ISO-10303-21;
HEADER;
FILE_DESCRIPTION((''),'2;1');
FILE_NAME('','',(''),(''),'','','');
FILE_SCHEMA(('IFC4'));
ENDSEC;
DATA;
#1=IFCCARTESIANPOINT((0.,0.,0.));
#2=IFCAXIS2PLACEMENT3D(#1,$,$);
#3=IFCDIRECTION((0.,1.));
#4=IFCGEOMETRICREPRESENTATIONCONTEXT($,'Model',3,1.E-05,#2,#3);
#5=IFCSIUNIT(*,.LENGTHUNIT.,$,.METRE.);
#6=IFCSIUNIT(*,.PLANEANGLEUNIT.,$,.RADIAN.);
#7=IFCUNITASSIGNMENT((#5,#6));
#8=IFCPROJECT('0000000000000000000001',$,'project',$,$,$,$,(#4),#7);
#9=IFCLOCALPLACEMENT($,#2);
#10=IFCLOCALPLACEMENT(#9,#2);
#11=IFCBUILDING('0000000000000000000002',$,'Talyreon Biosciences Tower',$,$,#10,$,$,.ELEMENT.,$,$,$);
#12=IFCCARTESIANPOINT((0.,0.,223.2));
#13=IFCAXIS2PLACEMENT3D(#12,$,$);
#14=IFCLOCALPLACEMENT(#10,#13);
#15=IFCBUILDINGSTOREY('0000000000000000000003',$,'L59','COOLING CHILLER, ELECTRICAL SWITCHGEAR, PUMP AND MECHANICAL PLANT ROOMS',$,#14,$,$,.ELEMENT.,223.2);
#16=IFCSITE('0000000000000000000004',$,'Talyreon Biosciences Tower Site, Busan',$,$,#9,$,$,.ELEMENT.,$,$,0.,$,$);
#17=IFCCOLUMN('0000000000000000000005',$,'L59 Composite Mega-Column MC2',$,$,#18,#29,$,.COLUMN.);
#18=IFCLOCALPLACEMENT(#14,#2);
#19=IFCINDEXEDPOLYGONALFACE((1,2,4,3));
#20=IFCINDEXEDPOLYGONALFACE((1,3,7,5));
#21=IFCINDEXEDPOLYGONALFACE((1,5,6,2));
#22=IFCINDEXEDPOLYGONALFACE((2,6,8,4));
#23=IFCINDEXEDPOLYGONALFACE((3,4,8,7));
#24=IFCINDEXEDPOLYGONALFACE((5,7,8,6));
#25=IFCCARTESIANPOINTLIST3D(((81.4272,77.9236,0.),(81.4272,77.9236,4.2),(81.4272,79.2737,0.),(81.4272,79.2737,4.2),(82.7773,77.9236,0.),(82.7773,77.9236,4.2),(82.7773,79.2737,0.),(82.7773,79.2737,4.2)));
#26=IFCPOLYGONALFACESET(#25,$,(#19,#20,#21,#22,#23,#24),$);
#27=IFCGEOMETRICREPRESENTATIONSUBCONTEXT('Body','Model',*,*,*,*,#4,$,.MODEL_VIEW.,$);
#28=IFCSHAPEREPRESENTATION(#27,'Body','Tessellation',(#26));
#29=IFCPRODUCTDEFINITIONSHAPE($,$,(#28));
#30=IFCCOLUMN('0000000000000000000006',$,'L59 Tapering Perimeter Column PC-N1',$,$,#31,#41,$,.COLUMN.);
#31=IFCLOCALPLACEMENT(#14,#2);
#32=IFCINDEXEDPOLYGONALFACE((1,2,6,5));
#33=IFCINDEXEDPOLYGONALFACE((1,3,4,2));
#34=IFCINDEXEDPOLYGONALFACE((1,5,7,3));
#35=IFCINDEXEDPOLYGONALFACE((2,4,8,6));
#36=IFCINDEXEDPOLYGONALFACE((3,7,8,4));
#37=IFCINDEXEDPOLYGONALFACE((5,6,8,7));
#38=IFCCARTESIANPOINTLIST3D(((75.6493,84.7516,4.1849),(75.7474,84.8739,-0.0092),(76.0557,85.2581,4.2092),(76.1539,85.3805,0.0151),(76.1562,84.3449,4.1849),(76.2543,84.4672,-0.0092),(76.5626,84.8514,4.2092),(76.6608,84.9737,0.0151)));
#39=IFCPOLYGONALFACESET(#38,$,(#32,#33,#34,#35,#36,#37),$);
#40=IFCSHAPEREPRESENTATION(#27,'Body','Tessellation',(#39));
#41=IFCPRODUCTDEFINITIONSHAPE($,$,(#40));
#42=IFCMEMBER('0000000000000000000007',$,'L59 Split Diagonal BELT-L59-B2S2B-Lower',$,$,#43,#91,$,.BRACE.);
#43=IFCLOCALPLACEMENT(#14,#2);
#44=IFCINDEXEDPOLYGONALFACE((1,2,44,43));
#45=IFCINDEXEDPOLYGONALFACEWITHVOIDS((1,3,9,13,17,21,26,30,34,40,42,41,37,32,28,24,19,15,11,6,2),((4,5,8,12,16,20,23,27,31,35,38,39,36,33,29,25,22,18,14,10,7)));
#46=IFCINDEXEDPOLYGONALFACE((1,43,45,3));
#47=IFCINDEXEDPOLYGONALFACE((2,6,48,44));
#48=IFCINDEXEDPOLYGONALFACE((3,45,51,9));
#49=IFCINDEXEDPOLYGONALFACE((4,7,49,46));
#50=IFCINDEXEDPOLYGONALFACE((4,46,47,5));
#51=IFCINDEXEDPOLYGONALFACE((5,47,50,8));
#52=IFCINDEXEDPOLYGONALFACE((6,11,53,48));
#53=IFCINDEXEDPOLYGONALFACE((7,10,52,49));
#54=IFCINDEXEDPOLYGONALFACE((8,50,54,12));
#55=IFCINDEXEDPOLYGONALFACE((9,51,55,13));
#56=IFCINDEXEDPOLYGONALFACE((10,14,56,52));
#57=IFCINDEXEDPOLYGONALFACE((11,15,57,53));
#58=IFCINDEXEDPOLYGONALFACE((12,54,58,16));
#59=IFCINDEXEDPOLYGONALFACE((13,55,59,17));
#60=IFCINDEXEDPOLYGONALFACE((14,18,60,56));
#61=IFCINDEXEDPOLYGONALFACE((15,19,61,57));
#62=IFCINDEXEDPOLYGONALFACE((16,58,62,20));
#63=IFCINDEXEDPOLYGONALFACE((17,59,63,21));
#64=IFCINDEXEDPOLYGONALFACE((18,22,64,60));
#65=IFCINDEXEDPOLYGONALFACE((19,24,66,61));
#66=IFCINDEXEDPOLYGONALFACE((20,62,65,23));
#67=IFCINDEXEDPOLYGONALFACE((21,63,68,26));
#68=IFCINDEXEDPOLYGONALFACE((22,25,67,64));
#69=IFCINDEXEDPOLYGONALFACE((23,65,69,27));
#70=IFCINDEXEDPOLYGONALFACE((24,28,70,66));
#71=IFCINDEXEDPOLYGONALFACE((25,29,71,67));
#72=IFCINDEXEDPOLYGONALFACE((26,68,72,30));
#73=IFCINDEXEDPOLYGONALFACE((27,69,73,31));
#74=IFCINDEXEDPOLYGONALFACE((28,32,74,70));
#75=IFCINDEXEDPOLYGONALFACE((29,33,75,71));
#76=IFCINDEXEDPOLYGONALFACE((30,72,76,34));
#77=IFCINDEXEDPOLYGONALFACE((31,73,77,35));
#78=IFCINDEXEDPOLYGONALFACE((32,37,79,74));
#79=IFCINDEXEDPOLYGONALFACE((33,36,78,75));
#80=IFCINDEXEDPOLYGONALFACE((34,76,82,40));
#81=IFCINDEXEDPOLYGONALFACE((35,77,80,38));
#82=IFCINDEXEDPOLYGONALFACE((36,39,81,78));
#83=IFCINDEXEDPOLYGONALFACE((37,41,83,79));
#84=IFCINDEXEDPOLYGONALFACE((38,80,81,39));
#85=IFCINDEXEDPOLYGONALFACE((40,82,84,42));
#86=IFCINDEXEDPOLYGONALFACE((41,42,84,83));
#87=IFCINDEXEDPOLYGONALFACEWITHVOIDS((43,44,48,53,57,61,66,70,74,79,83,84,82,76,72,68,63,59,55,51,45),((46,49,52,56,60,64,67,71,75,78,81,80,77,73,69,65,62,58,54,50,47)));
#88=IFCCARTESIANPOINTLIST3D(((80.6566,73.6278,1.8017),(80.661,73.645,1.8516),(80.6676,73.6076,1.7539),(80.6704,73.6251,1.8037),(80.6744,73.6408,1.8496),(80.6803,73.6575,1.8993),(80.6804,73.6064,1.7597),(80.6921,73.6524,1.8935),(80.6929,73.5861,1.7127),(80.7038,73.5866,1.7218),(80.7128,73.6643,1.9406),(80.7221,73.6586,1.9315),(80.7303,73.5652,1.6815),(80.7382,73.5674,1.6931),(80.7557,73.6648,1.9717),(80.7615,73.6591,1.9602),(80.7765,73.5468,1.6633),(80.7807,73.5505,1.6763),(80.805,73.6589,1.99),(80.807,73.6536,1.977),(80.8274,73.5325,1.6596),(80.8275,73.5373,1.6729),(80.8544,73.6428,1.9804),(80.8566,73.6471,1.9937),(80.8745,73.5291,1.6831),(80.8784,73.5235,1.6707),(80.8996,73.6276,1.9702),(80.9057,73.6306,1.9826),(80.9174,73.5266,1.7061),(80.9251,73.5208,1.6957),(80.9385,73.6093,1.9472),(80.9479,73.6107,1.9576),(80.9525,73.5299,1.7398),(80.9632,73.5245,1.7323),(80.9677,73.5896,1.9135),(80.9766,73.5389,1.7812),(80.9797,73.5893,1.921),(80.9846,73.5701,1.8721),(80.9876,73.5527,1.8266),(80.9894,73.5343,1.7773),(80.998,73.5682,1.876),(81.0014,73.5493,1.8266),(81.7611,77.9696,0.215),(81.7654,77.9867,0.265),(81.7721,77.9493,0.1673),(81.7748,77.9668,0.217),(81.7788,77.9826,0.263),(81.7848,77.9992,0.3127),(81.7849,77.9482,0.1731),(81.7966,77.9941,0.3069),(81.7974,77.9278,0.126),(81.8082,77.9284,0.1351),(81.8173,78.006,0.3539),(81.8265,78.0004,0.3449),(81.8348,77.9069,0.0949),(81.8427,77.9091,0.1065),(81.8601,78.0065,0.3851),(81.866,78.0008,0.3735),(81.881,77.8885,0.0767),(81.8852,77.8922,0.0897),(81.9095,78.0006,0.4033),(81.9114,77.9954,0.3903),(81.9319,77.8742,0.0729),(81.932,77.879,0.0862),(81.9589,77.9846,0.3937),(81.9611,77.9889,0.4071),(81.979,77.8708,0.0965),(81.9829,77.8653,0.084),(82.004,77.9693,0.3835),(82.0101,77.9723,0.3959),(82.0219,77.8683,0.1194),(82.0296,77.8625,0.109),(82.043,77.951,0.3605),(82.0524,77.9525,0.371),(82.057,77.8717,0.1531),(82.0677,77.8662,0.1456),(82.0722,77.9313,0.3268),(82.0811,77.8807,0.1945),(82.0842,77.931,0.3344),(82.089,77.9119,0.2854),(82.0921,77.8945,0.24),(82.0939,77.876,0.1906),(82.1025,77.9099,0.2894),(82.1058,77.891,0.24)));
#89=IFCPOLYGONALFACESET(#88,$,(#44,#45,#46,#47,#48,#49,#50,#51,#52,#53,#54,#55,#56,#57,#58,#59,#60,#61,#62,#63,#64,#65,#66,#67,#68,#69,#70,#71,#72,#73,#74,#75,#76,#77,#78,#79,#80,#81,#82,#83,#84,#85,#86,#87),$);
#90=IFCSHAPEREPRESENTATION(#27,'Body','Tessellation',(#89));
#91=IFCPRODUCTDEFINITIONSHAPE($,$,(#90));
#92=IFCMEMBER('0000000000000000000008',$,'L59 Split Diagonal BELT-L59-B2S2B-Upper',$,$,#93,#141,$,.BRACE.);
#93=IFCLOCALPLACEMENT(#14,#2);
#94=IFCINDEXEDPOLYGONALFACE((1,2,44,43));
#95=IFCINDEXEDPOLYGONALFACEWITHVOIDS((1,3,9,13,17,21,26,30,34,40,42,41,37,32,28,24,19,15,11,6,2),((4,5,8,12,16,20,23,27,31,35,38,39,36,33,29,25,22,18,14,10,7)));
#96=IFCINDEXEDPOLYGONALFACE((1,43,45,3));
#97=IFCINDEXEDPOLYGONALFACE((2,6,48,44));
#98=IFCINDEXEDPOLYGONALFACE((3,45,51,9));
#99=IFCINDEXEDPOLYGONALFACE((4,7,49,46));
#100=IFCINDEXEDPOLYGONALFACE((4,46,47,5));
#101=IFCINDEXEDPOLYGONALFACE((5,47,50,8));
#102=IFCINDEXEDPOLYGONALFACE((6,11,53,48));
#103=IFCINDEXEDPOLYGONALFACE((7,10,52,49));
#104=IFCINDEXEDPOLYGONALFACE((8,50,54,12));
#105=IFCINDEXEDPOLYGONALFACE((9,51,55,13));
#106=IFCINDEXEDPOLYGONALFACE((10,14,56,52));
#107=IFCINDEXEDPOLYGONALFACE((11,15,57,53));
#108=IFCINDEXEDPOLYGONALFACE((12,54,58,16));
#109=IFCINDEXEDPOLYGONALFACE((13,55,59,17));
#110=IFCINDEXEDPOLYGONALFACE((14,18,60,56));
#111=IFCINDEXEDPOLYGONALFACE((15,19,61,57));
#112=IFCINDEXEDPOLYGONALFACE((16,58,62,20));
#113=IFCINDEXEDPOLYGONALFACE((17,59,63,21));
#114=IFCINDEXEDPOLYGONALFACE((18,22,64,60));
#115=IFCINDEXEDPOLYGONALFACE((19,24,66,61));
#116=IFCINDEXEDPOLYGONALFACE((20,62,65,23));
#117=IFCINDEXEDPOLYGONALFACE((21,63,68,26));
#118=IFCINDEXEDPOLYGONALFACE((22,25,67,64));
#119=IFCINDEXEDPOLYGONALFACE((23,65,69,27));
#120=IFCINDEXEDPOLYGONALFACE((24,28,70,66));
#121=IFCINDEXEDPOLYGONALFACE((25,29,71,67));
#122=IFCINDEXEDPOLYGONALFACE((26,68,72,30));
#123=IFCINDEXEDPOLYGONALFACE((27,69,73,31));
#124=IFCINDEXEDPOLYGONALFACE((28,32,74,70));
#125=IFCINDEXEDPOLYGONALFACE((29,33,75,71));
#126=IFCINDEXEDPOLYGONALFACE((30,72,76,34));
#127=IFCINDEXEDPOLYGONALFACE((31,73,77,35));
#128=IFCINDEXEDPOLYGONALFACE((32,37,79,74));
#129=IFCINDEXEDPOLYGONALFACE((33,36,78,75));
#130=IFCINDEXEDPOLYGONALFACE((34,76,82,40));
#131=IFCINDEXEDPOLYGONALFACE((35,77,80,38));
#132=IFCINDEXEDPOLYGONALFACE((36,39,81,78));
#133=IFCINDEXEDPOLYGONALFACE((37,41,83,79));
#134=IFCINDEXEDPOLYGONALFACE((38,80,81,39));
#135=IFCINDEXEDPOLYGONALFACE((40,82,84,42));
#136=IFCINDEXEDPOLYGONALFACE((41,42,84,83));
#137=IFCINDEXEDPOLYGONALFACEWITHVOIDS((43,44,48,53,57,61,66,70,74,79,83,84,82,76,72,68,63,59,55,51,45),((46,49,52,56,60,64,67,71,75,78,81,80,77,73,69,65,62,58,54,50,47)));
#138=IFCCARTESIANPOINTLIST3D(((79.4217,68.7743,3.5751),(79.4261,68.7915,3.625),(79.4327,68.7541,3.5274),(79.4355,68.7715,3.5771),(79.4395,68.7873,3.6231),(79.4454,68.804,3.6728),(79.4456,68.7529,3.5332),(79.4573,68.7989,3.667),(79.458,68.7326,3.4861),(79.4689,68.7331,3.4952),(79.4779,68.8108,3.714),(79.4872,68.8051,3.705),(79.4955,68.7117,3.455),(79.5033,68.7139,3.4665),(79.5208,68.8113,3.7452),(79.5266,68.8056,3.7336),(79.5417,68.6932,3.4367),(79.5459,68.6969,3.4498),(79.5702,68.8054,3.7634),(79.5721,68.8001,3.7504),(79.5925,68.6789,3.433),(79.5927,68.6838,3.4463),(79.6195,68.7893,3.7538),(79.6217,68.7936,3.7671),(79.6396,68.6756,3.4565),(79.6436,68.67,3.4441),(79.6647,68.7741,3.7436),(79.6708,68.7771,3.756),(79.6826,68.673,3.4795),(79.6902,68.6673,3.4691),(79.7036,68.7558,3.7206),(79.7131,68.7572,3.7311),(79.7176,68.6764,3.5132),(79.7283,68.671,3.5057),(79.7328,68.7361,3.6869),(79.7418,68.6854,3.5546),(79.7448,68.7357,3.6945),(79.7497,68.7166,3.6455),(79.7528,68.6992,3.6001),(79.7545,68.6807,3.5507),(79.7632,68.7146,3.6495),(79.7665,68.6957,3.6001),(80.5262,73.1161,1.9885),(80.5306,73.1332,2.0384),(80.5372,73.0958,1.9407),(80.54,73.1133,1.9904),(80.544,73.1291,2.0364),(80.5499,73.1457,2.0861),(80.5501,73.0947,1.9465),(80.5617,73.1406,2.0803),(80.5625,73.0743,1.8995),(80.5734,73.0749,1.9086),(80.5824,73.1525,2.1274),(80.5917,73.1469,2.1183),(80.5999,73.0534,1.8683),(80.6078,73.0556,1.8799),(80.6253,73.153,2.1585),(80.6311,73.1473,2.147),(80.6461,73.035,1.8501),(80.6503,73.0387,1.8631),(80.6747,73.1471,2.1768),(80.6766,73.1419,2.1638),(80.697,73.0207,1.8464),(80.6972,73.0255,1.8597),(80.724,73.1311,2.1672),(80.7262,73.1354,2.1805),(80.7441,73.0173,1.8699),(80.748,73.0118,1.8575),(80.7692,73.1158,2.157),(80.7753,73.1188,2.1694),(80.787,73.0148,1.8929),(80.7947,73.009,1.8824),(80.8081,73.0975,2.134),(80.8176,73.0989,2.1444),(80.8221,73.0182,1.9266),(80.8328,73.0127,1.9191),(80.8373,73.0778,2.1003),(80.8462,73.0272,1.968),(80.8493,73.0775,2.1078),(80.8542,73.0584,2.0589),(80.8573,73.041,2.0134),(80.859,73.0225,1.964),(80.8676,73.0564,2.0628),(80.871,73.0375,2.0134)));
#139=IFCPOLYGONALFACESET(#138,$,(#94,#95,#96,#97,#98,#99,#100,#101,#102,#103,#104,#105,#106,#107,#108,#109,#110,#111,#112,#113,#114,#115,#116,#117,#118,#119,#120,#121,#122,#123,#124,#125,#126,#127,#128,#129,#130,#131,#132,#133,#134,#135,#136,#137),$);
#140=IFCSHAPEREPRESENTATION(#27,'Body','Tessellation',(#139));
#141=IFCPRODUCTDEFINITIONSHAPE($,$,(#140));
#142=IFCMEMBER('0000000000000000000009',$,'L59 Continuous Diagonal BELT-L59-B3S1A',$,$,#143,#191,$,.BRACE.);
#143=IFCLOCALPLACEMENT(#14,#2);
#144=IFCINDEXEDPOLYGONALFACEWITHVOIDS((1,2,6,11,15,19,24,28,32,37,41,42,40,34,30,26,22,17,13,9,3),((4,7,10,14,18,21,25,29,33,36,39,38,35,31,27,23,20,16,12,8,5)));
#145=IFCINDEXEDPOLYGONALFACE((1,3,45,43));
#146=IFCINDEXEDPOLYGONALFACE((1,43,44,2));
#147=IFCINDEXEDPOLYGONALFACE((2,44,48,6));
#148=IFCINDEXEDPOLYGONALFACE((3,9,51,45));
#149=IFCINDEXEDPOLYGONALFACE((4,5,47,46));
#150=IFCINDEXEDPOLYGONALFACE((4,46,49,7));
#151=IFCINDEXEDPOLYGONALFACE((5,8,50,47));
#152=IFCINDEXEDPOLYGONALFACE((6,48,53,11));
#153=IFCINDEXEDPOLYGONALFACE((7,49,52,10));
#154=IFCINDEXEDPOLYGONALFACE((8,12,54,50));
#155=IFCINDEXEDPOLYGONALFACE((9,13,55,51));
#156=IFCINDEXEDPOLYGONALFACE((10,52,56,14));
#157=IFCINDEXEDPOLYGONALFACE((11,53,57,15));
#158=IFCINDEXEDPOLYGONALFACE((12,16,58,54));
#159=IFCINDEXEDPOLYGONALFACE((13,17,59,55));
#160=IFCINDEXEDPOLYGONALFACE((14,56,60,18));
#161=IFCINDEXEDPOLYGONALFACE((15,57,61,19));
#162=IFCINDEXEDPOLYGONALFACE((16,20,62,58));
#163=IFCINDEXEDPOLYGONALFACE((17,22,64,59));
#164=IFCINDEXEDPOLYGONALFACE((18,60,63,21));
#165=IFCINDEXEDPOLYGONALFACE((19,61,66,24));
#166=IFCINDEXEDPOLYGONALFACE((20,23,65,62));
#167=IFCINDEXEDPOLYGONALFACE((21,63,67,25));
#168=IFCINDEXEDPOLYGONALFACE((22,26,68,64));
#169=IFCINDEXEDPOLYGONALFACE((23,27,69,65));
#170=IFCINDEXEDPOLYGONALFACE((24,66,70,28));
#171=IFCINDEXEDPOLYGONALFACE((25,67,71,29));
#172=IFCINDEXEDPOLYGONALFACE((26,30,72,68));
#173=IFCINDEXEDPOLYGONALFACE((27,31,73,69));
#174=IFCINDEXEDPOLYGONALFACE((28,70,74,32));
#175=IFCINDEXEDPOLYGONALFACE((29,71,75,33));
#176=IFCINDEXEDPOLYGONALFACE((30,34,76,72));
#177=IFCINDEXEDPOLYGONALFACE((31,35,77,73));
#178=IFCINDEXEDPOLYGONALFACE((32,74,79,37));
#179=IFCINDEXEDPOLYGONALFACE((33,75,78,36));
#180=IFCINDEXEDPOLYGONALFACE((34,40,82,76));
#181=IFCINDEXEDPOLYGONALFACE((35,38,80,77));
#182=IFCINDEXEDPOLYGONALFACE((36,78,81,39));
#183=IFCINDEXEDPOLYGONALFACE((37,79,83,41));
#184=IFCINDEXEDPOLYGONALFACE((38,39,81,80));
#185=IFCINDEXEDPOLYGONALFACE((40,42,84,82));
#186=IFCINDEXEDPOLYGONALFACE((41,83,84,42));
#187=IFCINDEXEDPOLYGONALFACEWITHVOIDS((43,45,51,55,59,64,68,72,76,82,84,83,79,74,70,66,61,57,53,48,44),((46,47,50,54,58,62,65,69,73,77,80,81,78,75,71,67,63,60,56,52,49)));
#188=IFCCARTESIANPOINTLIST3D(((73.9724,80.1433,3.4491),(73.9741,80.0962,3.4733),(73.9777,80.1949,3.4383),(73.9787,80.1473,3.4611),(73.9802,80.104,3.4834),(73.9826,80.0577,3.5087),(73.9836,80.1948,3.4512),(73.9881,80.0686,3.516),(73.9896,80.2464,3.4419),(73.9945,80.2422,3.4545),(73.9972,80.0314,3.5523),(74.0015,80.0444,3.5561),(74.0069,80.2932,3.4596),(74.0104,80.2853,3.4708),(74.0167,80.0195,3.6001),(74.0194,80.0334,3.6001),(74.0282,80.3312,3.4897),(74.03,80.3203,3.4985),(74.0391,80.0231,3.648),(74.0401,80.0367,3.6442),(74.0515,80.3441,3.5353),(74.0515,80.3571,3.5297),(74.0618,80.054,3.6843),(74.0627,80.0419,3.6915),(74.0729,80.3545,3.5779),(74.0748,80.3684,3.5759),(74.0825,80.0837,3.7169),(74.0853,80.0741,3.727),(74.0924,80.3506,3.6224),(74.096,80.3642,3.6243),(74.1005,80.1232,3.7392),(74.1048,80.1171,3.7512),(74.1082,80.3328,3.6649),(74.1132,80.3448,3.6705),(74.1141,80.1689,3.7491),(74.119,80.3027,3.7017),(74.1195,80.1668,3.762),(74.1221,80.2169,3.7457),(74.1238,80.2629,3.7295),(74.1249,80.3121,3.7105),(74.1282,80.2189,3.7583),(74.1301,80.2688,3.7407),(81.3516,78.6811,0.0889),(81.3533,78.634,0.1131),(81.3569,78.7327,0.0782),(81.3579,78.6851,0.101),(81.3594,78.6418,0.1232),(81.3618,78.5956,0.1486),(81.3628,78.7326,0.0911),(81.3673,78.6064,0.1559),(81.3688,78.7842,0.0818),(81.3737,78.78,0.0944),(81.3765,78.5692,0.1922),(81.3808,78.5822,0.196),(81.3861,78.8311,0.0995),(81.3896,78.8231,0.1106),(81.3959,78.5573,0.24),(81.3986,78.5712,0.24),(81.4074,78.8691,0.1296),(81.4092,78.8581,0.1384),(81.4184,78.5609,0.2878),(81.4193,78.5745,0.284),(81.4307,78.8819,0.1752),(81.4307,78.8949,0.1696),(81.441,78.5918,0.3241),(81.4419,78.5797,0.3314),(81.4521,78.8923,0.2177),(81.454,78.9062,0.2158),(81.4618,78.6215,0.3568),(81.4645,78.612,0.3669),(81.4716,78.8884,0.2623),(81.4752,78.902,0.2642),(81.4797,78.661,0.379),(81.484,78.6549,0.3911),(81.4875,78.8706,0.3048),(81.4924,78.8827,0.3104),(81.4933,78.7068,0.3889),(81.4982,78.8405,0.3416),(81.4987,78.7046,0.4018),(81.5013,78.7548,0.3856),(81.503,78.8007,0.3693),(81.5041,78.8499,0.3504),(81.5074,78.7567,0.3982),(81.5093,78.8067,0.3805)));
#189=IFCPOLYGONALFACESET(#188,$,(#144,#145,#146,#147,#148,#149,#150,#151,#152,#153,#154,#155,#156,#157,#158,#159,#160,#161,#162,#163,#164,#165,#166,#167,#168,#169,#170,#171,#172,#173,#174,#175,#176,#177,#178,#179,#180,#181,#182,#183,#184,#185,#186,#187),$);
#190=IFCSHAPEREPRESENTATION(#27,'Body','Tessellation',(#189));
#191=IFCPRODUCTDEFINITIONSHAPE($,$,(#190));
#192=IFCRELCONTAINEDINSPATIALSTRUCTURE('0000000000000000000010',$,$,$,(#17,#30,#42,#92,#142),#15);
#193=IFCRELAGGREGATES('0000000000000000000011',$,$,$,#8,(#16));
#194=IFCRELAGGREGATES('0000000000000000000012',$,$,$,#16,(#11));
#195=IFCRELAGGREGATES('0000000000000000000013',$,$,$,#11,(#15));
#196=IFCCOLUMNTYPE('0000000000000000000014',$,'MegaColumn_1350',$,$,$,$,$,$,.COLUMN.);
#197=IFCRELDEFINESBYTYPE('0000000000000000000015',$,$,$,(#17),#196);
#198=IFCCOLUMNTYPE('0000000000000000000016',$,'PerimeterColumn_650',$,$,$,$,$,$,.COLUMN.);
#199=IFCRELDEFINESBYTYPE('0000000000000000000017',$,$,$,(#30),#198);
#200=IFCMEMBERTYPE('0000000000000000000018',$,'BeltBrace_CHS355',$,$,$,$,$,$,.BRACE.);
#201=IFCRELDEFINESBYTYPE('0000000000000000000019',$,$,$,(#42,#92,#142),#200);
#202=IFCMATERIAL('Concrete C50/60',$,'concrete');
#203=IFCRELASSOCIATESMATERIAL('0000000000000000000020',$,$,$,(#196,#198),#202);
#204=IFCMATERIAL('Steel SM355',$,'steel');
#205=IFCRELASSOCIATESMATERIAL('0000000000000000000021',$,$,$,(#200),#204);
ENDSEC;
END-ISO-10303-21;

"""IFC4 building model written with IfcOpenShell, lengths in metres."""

from ifc_helpers import new_model, si_unit, direction, frame, origin, origin_2d, place, context, subcontext, project, spatial, rectangle, hollow_circle, extrude, material, material_profile, profile_set, type_object, element, save


model = new_model("IFC4")

# Units and contexts
model_context = context("Model", 3, precision=1e-05, world=origin(), true_north=direction((0.0, 1.0)))
body_context = subcontext(model_context, "Body", "Model", "MODEL_VIEW")
ifc_project = project(units=[si_unit("LENGTHUNIT", "METRE"), si_unit("PLANEANGLEUNIT", "RADIAN")], contexts=[model_context])

# Site, building, storey
site_placement = place(None, origin())
site = spatial("IfcSite", under=ifc_project, at=site_placement, Name="Talyreon Biosciences Tower Site, Busan", CompositionType="ELEMENT", RefElevation=0.0)
building_placement = place(site_placement, origin())
building = spatial("IfcBuilding", under=site, at=building_placement, Name="Talyreon Biosciences Tower", CompositionType="ELEMENT")
storey_placement = place(building_placement, frame((0.0, 0.0, 223.2)))
storey = spatial("IfcBuildingStorey", under=building, at=storey_placement, Name="L59", Description="COOLING CHILLER, ELECTRICAL SWITCHGEAR, PUMP AND MECHANICAL PLANT ROOMS", CompositionType="ELEMENT", Elevation=223.2)

# Columns
ifc_material_1 = material(Name="Concrete C50/60", Category="concrete")
ifc_material_profile_1 = material_profile(ifc_material_1, rectangle(XDim=1.3501, YDim=1.3501, at=origin_2d()), Name="RC 1350x1350")
ifc_profile_set_1 = profile_set([ifc_material_profile_1], Name="Concrete C50/60")
column_type_1 = type_object("IfcColumnType", Name="MegaColumn_1350", PredefinedType="COLUMN", material=ifc_profile_set_1)
column_1_placement = place(storey_placement, frame((82.1023, 78.5986, 0.0), z_axis=(0.0, 0.0, 1.0), x_axis=(1.0, 0.0, 0.0)))
element("IfcColumn", 1, at=column_1_placement, inside=storey, type_object=column_type_1, Name="L59 Composite Mega-Column MC2", PredefinedType="COLUMN", context=body_context, shape_type="SweptSolid", body=[
    extrude(rectangle(XDim=1.3501, YDim=1.3501, at=origin_2d()), origin(), (0.0, 0.0, 1.0), 4.2),
])
ifc_material_profile_2 = material_profile(ifc_material_1, rectangle(XDim=0.6499, YDim=0.6499, at=origin_2d()), Name="RC 650x650")
ifc_profile_set_2 = profile_set([ifc_material_profile_2], Name="Concrete C50/60")
column_type_2 = type_object("IfcColumnType", Name="PerimeterColumn_650", PredefinedType="COLUMN", material=ifc_profile_set_2)
column_2_placement = place(storey_placement, frame((76.2041, 84.9238, 0.0029), z_axis=(-0.023384, -0.029143, 0.999302), x_axis=(-0.779957, 0.625834, 0.0)))
element("IfcColumn", 2, at=column_2_placement, inside=storey, type_object=column_type_2, Name="L59 Tapering Perimeter Column PC-N1", PredefinedType="COLUMN", context=body_context, shape_type="SweptSolid", body=[
    extrude(rectangle(XDim=0.6499, YDim=0.6499, at=origin_2d()), origin(), (0.0, 0.0, 1.0), 4.197),
])

# Members
ifc_material_2 = material(Name="Steel SM355", Category="steel")
ifc_material_profile_3 = material_profile(ifc_material_2, hollow_circle(Radius=0.1777, WallThickness=0.0142, at=origin_2d()), Name="CHS 355.6x14.2")
ifc_profile_set_3 = profile_set([ifc_material_profile_3], Name="Steel SM355")
member_type_1 = type_object("IfcMemberType", Name="BeltBrace_CHS355", PredefinedType="BRACE", material=ifc_profile_set_3)
for number, where, z_axis, x_axis, name in (
    (3, (81.9336, 77.9348, 0.24), (-0.23239, -0.913534, 0.333843), (0.969134, -0.246534, 0.0), "L59 Split Diagonal BELT-L59-B2S2B-Lower"),
    (4, (80.6987, 73.0813, 2.0134), (-0.23239, -0.913534, 0.333843), (0.969134, -0.246534, 0.0), "L59 Split Diagonal BELT-L59-B2S2B-Upper"),
):
    element("IfcMember", number, at=place(storey_placement, frame(where, z_axis=z_axis, x_axis=x_axis)), inside=storey, type_object=member_type_1, Name=name, PredefinedType="BRACE", context=body_context, shape_type="SweptSolid", body=[
        extrude(hollow_circle(Radius=0.1777, WallThickness=0.0142, at=origin_2d()), origin(), (0.0, 0.0, 1.0), 4.7527),
    ])
member_1_placement = place(storey_placement, frame((81.4304, 78.7317, 0.24), z_axis=(-0.895643, 0.177469, 0.407833), x_axis=(-0.194368, -0.980929, 0.0)))
element("IfcMember", 5, at=member_1_placement, inside=storey, type_object=member_type_1, Name="L59 Continuous Diagonal BELT-L59-B3S1A", PredefinedType="BRACE", context=body_context, shape_type="SweptSolid", body=[
    extrude(hollow_circle(Radius=0.1777, WallThickness=0.0142, at=origin_2d()), origin(), (0.0, 0.0, 1.0), 8.239),
])

save(model, "model.ifc")
